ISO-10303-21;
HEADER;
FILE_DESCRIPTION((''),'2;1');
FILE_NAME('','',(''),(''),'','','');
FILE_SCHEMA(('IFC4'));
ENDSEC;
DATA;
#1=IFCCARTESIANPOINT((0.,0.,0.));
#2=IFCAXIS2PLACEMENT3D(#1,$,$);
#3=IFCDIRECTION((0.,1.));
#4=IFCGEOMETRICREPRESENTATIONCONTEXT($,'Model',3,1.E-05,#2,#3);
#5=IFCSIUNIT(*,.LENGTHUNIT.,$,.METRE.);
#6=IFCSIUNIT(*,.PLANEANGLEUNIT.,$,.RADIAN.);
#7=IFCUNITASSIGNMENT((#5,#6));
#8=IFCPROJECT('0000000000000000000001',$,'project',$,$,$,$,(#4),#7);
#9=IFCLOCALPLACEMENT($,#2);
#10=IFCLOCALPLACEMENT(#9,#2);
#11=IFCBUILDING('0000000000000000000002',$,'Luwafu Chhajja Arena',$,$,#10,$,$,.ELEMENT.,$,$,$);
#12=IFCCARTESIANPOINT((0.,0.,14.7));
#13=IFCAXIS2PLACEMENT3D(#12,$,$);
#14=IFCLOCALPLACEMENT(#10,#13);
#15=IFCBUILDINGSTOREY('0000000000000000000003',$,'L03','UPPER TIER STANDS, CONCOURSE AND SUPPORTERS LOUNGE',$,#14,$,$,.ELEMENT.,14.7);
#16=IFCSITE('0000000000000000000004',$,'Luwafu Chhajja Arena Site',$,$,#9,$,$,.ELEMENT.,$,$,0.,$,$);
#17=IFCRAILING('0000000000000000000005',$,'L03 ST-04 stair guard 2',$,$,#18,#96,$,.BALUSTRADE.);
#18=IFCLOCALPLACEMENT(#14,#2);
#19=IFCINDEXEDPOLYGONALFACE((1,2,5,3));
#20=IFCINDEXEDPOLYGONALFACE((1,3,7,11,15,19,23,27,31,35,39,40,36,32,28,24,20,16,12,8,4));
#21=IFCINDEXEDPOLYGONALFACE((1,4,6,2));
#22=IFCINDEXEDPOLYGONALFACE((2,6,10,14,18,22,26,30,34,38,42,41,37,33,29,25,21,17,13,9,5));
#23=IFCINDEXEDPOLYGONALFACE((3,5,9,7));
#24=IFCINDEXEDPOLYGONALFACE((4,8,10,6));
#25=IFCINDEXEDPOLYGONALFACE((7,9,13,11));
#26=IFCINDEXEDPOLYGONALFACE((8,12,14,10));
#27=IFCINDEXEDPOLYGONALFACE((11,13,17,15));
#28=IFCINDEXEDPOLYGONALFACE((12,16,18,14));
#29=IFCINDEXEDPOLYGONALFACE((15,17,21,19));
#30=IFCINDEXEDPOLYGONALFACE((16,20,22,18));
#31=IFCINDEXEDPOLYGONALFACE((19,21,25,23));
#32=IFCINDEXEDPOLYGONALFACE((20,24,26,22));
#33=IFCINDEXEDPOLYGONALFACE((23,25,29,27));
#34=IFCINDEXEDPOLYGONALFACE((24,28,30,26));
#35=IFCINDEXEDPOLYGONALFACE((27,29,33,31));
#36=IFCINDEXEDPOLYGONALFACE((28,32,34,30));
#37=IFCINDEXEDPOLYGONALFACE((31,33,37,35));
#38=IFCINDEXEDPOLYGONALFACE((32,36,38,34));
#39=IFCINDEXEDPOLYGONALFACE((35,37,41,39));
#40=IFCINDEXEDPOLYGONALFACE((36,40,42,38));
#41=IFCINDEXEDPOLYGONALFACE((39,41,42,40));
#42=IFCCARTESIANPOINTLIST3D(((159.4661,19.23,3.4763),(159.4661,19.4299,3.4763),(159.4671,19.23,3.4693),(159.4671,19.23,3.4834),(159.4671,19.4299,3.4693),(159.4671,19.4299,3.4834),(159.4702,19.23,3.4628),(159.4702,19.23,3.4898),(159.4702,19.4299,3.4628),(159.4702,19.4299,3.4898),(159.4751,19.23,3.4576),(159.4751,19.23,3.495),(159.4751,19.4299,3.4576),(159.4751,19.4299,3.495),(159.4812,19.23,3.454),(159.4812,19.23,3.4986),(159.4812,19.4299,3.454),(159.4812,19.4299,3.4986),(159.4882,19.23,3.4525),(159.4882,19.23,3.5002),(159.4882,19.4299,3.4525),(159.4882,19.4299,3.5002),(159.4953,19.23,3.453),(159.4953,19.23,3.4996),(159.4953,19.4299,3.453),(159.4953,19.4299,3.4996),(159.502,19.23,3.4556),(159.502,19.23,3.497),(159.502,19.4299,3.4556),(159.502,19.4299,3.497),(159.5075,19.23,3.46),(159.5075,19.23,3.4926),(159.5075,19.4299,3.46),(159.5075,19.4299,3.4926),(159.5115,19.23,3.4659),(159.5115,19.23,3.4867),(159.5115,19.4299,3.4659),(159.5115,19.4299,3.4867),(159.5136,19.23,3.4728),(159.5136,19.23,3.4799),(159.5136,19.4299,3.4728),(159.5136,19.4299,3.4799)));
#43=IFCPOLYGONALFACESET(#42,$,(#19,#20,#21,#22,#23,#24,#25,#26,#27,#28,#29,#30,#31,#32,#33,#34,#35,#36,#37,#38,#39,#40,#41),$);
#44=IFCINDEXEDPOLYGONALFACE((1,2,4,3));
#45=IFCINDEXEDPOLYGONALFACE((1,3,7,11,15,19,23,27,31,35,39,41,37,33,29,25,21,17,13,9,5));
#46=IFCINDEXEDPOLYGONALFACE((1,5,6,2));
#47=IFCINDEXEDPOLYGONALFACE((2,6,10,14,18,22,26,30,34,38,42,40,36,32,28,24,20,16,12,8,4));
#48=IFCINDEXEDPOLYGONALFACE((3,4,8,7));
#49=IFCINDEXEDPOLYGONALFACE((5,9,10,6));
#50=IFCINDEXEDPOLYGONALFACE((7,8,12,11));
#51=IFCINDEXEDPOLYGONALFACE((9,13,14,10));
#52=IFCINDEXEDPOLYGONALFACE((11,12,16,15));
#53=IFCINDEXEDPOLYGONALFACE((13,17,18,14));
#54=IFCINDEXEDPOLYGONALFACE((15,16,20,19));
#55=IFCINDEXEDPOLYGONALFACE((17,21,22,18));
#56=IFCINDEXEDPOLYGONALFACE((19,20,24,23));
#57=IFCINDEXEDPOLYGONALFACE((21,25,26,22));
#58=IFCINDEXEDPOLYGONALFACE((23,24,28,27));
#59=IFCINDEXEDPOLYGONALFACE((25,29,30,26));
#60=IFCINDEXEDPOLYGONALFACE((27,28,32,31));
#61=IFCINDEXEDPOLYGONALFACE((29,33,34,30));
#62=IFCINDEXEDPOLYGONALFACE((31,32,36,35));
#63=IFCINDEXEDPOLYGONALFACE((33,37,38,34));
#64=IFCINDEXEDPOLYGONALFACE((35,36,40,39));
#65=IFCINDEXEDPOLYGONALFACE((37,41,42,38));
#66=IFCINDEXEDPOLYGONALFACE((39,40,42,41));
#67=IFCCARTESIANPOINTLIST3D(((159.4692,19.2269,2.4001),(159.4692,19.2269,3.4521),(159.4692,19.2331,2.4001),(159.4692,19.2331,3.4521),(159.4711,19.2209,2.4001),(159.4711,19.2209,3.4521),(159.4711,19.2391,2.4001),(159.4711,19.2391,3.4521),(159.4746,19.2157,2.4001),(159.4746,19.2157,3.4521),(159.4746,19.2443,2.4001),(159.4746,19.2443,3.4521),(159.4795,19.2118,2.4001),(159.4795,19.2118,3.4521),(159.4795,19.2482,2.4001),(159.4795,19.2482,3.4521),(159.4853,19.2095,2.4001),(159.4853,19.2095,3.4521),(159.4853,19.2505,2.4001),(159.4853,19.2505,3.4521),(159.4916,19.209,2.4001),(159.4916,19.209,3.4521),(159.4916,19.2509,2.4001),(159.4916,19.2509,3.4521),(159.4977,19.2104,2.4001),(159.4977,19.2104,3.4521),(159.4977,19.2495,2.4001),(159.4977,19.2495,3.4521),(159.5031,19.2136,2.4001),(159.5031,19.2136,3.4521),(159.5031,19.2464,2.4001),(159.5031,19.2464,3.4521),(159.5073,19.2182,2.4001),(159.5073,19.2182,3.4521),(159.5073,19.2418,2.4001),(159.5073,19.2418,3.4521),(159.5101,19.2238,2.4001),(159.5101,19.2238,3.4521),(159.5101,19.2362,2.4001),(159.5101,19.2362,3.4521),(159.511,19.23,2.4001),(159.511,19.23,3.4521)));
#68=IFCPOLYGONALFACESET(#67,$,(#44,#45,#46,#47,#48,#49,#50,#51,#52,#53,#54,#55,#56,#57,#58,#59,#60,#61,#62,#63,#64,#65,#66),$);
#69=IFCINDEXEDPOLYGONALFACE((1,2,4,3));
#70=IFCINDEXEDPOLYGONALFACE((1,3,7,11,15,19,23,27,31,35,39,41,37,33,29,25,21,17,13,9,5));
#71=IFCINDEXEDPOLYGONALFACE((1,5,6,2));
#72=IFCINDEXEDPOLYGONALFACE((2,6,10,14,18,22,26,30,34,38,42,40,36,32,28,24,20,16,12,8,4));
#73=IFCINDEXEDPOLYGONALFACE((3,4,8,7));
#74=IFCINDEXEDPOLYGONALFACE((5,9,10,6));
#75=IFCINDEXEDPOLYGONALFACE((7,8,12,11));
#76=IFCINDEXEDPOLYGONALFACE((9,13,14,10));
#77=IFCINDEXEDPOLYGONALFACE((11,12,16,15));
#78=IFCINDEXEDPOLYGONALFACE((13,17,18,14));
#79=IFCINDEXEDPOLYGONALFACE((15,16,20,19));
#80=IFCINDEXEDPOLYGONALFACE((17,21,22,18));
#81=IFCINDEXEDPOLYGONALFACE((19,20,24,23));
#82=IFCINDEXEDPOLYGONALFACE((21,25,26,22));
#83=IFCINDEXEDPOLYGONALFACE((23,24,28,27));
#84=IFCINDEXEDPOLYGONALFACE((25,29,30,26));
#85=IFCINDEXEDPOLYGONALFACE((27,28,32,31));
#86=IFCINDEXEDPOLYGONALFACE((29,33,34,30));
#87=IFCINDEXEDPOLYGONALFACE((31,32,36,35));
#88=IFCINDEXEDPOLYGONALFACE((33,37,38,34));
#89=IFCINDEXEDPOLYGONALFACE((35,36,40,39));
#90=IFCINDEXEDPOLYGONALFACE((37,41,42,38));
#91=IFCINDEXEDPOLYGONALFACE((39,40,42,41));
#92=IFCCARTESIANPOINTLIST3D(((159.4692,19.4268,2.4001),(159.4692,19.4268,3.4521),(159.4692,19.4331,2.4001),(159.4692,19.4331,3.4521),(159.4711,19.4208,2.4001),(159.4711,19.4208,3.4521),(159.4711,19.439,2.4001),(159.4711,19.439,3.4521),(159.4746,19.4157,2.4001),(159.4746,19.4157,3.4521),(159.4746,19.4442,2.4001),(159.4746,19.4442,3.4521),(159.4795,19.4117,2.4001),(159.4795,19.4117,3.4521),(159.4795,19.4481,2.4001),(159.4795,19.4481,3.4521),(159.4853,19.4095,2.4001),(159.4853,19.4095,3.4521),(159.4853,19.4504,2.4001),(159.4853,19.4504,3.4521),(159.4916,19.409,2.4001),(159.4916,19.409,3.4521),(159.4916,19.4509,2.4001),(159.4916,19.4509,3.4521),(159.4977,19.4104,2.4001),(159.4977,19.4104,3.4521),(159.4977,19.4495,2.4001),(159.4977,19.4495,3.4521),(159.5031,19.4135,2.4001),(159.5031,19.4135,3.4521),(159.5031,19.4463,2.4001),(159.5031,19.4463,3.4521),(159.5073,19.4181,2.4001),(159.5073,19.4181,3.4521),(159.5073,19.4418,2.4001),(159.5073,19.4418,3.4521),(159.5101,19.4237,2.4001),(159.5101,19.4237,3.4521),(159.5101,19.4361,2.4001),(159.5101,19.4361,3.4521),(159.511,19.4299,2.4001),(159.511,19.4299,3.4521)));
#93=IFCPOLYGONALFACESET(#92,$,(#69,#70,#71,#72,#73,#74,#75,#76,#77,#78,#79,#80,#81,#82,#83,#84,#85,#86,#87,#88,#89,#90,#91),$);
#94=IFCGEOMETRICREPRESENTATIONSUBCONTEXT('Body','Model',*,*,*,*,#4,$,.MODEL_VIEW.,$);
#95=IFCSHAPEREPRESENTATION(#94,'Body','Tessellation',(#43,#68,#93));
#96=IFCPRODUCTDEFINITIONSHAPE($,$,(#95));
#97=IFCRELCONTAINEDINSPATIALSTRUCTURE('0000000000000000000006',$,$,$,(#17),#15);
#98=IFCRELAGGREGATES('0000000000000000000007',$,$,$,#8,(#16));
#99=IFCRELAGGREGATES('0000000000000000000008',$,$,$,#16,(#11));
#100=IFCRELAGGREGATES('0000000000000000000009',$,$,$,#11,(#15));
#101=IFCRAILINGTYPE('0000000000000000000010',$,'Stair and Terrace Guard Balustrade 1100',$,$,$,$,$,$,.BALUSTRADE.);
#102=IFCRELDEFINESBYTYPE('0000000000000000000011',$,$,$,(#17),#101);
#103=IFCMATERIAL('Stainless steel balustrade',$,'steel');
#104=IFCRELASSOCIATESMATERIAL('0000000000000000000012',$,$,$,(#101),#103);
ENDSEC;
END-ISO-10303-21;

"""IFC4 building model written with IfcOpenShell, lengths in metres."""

from ifc_helpers import new_model, si_unit, direction, frame, origin, origin_2d, place, context, subcontext, project, spatial, circle, extrude, material, type_object, element, save


model = new_model("IFC4")

# Units and contexts
model_context = context("Model", 3, precision=1e-05, world=origin(), true_north=direction((0.0, 1.0)))
body_context = subcontext(model_context, "Body", "Model", "MODEL_VIEW")
ifc_project = project(units=[si_unit("LENGTHUNIT", "METRE"), si_unit("PLANEANGLEUNIT", "RADIAN")], contexts=[model_context])

# Site, building, storey
site_placement = place(None, origin())
site = spatial("IfcSite", under=ifc_project, at=site_placement, Name="Luwafu Chhajja Arena Site", CompositionType="ELEMENT", RefElevation=0.0)
building_placement = place(site_placement, origin())
building = spatial("IfcBuilding", under=site, at=building_placement, Name="Luwafu Chhajja Arena", CompositionType="ELEMENT")
storey_placement = place(building_placement, frame((0.0, 0.0, 14.7)))
storey = spatial("IfcBuildingStorey", under=building, at=storey_placement, Name="L03", Description="UPPER TIER STANDS, CONCOURSE AND SUPPORTERS LOUNGE", CompositionType="ELEMENT", Elevation=14.7)

# Railing
ifc_material_1 = material(Name="Stainless steel balustrade", Category="steel")
railing_type_1 = type_object("IfcRailingType", Name="Stair and Terrace Guard Balustrade 1100", PredefinedType="BALUSTRADE", material=ifc_material_1)
railing_1_placement = place(storey_placement, frame((159.49, 19.23, 2.4001)))
element("IfcRailing", 1, at=railing_1_placement, inside=storey, type_object=railing_type_1, Name="L03 ST-04 stair guard 2", PredefinedType="BALUSTRADE", context=body_context, shape_type="SweptSolid", body=[
    extrude(circle(Radius=0.0239, at=origin_2d()), frame((0.0, 0.0, 1.0762), z_axis=(0.0, 1.0, 0.0), x_axis=(-1.0, 0.0, 0.0)), (0.0, 0.0, 1.0), 0.2),
    extrude(circle(Radius=0.021, at=origin_2d()), origin(), (0.0, 0.0, 1.0), 1.052),
    extrude(circle(Radius=0.021, at=origin_2d()), frame((0.0, 0.2, 0.0)), (0.0, 0.0, 1.0), 1.052),
])

save(model, "model.ifc")
